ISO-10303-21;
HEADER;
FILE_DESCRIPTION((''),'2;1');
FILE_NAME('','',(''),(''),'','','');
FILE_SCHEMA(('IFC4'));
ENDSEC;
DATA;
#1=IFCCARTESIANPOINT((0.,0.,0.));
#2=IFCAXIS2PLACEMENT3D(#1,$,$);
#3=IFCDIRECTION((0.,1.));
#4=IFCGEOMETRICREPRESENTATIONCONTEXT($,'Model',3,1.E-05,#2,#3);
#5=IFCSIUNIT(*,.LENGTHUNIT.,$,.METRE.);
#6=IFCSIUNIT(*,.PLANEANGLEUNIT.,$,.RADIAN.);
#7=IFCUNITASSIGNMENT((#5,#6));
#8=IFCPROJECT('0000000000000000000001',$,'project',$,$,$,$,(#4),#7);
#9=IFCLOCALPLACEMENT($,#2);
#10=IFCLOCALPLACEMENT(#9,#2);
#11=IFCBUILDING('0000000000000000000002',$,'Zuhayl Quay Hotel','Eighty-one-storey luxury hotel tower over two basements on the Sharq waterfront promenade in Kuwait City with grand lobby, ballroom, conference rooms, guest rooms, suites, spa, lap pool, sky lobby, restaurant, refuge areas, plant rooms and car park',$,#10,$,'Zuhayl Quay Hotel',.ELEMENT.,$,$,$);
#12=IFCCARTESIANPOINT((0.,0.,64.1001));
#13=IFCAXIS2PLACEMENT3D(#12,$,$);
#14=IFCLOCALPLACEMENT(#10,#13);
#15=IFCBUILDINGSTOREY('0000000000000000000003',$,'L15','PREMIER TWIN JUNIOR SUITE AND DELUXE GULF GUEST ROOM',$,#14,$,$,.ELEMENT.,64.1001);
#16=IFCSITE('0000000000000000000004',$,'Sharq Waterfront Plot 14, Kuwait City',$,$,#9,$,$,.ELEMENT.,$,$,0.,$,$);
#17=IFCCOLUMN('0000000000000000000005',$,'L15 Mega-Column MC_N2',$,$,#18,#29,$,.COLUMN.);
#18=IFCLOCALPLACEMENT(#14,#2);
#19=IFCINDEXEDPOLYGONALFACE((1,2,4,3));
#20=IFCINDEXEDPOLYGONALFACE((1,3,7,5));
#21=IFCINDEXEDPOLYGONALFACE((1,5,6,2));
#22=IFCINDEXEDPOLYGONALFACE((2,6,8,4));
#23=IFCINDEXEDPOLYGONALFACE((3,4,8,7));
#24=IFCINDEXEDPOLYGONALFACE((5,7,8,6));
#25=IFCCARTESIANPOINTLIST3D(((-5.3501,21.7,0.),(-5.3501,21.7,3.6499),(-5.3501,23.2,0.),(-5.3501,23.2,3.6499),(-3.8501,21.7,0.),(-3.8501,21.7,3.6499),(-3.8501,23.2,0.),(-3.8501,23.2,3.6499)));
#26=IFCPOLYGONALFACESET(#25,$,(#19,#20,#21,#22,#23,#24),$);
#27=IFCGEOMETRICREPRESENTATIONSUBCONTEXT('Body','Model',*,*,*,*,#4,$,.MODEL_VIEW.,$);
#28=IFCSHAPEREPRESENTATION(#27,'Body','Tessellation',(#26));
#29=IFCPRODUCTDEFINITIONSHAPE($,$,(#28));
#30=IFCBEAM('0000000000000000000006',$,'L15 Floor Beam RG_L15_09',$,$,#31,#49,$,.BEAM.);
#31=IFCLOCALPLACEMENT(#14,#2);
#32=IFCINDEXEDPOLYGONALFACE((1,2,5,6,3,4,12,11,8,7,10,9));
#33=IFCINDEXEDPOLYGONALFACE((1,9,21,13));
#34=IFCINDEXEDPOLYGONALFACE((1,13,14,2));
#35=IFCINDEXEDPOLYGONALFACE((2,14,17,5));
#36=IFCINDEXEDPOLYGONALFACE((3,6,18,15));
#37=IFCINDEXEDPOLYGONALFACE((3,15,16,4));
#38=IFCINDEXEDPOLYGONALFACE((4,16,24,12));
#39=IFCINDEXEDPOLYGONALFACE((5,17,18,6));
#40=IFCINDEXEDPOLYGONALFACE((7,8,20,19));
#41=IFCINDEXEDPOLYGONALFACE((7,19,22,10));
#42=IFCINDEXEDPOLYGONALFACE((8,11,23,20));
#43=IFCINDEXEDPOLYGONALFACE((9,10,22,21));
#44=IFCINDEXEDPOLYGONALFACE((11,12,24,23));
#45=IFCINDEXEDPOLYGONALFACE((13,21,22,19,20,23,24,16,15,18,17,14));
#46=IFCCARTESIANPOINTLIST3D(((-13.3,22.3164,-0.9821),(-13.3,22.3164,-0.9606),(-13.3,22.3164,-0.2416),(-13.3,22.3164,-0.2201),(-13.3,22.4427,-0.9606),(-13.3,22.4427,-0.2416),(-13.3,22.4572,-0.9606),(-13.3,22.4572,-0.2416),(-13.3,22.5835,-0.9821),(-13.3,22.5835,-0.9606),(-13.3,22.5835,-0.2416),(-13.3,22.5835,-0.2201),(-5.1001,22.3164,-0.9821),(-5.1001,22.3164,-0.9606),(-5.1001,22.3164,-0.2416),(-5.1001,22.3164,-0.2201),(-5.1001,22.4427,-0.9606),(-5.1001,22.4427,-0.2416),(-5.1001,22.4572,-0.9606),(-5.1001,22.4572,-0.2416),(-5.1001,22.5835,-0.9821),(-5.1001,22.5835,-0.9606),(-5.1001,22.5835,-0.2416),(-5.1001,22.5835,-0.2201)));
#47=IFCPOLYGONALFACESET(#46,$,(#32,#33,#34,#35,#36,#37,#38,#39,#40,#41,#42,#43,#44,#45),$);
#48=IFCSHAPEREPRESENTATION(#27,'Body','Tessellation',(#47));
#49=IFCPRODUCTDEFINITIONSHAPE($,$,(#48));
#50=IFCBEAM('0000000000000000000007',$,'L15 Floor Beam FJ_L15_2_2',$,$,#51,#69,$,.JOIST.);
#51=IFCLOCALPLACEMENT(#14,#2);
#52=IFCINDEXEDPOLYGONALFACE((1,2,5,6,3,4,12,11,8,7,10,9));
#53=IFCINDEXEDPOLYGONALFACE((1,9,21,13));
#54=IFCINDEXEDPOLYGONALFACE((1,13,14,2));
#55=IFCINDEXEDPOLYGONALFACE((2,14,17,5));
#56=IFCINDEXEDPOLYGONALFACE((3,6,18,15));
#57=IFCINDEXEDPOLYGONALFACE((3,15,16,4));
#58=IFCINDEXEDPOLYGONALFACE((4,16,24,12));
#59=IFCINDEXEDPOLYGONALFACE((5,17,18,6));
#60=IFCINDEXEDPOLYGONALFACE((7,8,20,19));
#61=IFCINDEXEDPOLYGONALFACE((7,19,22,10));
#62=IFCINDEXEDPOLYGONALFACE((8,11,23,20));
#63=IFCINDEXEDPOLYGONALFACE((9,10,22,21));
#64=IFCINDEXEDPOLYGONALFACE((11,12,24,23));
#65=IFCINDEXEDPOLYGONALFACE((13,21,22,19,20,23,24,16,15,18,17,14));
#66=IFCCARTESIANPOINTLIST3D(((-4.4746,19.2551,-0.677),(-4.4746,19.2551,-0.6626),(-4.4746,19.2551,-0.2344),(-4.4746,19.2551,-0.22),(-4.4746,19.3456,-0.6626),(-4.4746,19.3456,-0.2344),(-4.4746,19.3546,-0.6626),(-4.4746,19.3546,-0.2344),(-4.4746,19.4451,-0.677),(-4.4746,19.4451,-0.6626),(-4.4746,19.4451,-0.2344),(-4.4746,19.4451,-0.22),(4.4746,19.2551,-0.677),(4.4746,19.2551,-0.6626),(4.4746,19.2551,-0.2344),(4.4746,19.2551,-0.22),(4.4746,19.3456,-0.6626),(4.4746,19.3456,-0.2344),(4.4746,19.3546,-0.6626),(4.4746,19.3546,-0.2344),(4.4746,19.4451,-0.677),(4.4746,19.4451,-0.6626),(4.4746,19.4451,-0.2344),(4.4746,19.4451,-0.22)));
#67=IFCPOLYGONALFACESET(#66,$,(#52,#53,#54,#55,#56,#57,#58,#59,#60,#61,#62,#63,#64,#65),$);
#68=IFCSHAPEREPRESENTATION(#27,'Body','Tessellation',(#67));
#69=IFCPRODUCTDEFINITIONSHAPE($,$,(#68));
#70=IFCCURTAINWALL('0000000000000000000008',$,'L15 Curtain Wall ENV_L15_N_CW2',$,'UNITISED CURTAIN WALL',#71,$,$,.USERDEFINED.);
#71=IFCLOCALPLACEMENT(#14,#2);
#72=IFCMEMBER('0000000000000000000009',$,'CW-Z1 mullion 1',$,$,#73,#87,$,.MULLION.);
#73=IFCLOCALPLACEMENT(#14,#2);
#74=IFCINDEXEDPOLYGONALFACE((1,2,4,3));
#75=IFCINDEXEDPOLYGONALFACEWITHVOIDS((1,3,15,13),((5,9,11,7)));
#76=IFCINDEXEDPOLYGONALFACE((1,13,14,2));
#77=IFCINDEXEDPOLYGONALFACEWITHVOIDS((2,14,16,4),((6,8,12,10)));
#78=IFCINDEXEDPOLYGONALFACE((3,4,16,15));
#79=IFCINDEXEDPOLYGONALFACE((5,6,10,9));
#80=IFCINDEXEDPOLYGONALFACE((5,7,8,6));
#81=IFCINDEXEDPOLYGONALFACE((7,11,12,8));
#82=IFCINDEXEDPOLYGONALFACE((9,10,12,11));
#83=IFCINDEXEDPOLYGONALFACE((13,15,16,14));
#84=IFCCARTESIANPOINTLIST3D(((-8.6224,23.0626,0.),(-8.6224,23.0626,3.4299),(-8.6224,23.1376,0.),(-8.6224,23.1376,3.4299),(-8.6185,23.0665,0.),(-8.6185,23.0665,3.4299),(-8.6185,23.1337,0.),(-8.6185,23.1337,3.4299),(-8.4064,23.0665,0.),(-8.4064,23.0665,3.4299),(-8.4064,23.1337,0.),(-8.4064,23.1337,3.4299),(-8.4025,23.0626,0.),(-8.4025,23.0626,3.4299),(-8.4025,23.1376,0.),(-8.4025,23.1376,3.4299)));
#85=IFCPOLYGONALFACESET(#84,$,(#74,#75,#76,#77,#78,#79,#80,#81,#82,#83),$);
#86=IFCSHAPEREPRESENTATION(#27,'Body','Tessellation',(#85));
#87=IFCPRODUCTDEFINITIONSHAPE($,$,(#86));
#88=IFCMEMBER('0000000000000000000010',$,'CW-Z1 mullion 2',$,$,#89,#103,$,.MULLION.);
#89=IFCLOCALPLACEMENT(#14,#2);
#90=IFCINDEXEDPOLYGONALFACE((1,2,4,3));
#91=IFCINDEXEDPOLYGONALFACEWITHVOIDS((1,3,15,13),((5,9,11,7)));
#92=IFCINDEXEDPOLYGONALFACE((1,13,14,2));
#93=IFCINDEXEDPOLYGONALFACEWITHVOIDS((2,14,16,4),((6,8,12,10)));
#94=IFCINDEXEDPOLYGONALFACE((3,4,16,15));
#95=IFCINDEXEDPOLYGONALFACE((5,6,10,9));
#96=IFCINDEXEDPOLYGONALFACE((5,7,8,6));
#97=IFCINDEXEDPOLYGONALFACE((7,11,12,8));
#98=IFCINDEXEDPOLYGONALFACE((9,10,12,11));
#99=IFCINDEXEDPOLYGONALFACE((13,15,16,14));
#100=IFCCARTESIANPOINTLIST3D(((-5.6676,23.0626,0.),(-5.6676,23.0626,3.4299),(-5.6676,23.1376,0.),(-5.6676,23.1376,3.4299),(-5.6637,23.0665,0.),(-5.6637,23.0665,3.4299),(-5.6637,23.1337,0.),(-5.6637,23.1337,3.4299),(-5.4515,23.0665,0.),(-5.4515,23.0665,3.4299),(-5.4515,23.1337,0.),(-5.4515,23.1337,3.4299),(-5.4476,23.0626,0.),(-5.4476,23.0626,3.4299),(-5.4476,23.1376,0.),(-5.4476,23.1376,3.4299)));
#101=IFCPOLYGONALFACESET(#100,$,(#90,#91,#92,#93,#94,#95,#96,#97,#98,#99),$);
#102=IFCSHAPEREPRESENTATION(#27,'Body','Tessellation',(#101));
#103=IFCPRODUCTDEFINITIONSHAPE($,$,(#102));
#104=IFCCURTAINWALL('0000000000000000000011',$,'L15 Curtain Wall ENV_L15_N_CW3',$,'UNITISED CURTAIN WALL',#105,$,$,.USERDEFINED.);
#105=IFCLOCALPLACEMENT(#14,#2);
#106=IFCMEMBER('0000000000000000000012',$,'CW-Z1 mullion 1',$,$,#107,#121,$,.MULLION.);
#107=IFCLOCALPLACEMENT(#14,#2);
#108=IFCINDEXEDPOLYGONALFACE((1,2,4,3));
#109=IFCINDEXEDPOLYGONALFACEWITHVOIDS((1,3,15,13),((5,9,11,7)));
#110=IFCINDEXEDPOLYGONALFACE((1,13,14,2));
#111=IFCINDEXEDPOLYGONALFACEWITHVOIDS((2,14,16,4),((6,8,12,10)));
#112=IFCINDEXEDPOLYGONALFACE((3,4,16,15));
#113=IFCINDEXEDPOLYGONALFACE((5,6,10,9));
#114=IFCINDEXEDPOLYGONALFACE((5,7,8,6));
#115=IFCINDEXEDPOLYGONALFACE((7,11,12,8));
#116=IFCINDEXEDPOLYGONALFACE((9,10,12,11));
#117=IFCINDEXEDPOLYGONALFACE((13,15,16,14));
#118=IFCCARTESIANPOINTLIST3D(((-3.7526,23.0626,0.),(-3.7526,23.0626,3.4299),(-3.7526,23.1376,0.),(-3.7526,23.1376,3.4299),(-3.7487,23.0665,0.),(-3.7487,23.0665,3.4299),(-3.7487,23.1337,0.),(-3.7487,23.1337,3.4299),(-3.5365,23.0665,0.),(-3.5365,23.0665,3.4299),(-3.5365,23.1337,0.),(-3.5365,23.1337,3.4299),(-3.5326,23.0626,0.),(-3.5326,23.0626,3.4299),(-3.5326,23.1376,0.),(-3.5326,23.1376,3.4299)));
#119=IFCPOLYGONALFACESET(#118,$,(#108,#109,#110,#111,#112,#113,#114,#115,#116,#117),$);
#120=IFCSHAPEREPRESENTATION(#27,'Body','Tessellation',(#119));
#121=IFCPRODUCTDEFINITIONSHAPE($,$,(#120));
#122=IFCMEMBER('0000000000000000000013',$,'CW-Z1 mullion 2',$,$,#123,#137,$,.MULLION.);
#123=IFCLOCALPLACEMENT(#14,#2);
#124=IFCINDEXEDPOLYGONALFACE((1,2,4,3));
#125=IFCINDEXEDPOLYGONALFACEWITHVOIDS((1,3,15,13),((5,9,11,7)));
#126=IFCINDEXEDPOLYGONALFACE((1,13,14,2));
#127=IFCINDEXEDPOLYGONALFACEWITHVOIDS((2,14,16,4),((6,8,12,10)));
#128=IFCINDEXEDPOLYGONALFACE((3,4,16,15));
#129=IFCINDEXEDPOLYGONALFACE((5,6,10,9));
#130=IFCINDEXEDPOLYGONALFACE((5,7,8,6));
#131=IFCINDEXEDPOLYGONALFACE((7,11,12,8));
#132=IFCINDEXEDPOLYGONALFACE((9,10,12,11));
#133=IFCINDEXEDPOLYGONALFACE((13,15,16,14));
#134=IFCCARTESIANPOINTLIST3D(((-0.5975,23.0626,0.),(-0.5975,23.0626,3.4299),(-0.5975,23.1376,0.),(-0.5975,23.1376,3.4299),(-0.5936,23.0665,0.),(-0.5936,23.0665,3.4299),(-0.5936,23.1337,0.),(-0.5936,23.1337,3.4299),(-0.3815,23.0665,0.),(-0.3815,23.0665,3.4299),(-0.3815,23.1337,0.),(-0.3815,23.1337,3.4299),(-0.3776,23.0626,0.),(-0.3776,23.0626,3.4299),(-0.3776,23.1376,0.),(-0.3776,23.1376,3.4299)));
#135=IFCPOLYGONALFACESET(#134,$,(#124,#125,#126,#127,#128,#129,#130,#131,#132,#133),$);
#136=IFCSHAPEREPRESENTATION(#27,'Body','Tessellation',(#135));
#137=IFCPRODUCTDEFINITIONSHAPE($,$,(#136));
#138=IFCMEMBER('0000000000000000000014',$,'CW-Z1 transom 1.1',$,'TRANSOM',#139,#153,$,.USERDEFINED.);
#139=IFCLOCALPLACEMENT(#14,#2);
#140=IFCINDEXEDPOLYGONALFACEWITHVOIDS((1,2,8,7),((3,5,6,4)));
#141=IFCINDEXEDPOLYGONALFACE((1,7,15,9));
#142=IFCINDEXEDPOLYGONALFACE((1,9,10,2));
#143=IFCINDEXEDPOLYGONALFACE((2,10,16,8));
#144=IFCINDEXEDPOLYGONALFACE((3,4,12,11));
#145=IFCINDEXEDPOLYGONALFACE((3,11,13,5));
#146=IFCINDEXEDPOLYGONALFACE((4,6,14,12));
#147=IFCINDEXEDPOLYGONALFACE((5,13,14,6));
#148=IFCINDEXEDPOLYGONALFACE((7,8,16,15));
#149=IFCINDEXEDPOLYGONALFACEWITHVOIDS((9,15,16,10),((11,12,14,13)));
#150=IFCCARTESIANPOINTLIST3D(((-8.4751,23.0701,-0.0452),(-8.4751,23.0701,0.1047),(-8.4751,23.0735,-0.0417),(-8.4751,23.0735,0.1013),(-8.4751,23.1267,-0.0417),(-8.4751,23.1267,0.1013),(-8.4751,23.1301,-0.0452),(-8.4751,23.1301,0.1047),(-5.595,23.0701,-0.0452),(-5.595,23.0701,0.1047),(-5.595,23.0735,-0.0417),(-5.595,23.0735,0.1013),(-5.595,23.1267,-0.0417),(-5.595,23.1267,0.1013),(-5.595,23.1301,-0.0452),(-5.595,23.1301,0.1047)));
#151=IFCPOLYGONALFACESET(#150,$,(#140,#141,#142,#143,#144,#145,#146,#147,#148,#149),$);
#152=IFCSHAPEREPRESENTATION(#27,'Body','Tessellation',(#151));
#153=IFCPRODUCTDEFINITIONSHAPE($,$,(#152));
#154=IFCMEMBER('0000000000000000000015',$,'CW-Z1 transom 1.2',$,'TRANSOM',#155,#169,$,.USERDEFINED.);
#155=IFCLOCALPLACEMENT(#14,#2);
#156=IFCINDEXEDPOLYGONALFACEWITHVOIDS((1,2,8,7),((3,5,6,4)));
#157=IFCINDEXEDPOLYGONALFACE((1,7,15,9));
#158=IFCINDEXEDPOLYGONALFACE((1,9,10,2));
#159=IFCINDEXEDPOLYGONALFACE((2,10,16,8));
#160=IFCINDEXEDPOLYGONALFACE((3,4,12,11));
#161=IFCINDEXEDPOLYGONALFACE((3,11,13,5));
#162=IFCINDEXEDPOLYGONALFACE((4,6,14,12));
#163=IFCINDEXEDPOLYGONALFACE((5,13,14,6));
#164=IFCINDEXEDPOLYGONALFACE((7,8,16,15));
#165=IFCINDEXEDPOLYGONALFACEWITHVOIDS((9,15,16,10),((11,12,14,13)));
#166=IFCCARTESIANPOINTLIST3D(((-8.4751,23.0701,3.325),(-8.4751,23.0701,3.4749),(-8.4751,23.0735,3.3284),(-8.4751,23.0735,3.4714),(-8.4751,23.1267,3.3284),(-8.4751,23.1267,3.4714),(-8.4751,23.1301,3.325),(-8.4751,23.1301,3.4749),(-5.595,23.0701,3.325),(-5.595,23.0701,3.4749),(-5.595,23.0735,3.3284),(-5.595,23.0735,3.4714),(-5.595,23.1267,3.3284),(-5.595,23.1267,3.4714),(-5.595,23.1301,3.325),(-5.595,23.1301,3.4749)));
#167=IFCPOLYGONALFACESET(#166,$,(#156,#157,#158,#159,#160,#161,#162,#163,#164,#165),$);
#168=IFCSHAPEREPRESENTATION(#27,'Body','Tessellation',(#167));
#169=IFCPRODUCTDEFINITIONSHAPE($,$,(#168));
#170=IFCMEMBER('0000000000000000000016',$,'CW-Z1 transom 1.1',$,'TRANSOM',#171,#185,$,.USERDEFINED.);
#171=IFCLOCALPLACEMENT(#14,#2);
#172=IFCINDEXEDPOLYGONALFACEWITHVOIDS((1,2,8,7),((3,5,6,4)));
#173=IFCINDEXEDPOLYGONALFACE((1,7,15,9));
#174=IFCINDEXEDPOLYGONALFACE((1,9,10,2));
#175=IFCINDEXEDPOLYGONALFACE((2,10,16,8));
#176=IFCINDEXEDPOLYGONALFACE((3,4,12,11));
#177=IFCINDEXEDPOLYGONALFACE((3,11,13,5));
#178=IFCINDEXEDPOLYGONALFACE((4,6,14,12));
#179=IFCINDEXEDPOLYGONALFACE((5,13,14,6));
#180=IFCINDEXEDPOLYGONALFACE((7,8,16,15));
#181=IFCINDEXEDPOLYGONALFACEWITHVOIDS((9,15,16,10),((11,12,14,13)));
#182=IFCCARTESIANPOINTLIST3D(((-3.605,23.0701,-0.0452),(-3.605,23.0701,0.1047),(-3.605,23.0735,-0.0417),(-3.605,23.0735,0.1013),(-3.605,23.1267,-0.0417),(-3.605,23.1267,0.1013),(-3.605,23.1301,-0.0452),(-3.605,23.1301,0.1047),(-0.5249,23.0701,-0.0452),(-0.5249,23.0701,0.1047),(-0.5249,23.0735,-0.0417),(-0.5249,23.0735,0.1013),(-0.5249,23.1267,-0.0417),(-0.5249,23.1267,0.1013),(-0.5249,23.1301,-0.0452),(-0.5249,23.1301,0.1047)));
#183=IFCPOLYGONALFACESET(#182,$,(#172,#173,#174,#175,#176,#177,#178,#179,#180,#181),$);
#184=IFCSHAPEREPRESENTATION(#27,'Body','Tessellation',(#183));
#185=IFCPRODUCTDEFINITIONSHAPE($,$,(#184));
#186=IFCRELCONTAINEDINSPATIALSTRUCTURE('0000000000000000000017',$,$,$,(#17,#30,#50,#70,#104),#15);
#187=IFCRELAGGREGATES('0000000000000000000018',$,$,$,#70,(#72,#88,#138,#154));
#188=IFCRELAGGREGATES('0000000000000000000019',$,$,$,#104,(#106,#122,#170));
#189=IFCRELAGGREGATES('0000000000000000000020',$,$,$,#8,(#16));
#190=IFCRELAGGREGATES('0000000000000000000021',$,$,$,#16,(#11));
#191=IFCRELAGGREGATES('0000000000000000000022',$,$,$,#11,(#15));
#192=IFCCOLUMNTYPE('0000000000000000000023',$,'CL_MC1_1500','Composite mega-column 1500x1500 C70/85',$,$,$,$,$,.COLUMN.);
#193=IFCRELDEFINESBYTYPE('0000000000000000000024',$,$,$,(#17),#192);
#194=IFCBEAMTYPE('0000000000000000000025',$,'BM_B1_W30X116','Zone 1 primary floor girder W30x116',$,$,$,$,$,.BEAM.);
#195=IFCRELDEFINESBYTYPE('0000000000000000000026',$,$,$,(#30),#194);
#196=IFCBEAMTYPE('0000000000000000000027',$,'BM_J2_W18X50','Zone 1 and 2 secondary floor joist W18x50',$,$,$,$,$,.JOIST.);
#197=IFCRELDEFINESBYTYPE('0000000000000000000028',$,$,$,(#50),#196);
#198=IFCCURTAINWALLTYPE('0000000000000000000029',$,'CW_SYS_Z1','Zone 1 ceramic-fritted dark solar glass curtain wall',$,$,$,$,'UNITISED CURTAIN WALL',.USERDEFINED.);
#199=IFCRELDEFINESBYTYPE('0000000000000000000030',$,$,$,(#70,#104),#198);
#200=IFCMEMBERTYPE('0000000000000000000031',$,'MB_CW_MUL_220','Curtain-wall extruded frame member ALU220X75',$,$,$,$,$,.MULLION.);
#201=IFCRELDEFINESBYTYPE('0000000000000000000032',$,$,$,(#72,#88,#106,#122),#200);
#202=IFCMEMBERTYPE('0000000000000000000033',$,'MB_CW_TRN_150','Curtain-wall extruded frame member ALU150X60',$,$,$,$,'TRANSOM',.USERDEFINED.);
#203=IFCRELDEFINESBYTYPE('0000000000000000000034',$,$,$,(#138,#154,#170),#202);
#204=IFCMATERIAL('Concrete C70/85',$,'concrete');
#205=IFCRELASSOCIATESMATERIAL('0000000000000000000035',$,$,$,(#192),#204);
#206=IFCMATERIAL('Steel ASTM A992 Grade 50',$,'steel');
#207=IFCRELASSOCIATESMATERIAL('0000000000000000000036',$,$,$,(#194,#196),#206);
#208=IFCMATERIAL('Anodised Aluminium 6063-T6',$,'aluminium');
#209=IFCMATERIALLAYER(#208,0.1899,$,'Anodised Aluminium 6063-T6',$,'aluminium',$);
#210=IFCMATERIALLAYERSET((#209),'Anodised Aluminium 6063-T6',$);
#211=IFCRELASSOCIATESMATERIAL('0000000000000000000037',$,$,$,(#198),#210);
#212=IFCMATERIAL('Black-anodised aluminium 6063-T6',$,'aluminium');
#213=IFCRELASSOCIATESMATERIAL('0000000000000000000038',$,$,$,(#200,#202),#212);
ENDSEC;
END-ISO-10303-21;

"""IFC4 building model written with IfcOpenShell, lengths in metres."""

from ifc_helpers import new_model, si_unit, direction, frame, origin, origin_2d, place, context, subcontext, project, spatial, rectangle, hollow_rectangle, i_section, extrude, material, layer, layer_set, material_profile, profile_set, type_object, element, aggregate, save


model = new_model("IFC4")

# Units and contexts
model_context = context("Model", 3, precision=1e-05, world=origin(), true_north=direction((0.0, 1.0)))
body_context = subcontext(model_context, "Body", "Model", "MODEL_VIEW")
ifc_project = project(units=[si_unit("LENGTHUNIT", "METRE"), si_unit("PLANEANGLEUNIT", "RADIAN")], contexts=[model_context])

# Site, building, storey
site_placement = place(None, origin())
site = spatial("IfcSite", under=ifc_project, at=site_placement, Name="Sharq Waterfront Plot 14, Kuwait City", CompositionType="ELEMENT", RefElevation=0.0)
building_placement = place(site_placement, origin())
building = spatial("IfcBuilding", under=site, at=building_placement, Name="Zuhayl Quay Hotel", Description="Eighty-one-storey luxury hotel tower over two basements on the Sharq waterfront promenade in Kuwait City with grand lobby, ballroom, conference rooms, guest rooms, suites, spa, lap pool, sky lobby, restaurant, refuge areas, plant rooms and car park", LongName="Zuhayl Quay Hotel", CompositionType="ELEMENT")
storey_placement = place(building_placement, frame((0.0, 0.0, 64.1001)))
storey = spatial("IfcBuildingStorey", under=building, at=storey_placement, Name="L15", Description="PREMIER TWIN JUNIOR SUITE AND DELUXE GULF GUEST ROOM", CompositionType="ELEMENT", Elevation=64.1001)

# Column
ifc_material_1 = material(Name="Concrete C70/85", Category="concrete")
ifc_material_profile_1 = material_profile(ifc_material_1, rectangle(XDim=1.5, YDim=1.5, at=origin_2d()), Name="RC1500X1500")
ifc_profile_set_1 = profile_set([ifc_material_profile_1], Name="Concrete C70/85")
column_type = type_object("IfcColumnType", Name="CL_MC1_1500", Description="Composite mega-column 1500x1500 C70/85", PredefinedType="COLUMN", material=ifc_profile_set_1)
column_placement = place(storey_placement, frame((-4.6001, 22.45, 0.0), z_axis=(0.0, 0.0, 1.0), x_axis=(1.0, 0.0, 0.0)))
element("IfcColumn", 1, at=column_placement, inside=storey, type_object=column_type, Name="L15 Mega-Column MC_N2", PredefinedType="COLUMN", context=body_context, shape_type="SweptSolid", body=[
    extrude(rectangle(XDim=1.5, YDim=1.5, at=origin_2d()), origin(), (0.0, 0.0, 1.0), 3.6499),
])

# Beams
ifc_material_2 = material(Name="Steel ASTM A992 Grade 50", Category="steel")
ifc_material_profile_2 = material_profile(ifc_material_2, i_section(OverallWidth=0.2671, OverallDepth=0.762, WebThickness=0.0144, FlangeThickness=0.0215, at=origin_2d()), Name="W30X116")
ifc_profile_set_2 = profile_set([ifc_material_profile_2], Name="Steel ASTM A992 Grade 50")
beam_type_1 = type_object("IfcBeamType", Name="BM_B1_W30X116", Description="Zone 1 primary floor girder W30x116", PredefinedType="BEAM", material=ifc_profile_set_2)
beam_1_placement = place(storey_placement, frame((-5.1001, 22.45, -0.6011), z_axis=(-1.0, 0.0, 0.0), x_axis=(0.0, -1.0, 0.0)))
element("IfcBeam", 2, at=beam_1_placement, inside=storey, type_object=beam_type_1, Name="L15 Floor Beam RG_L15_09", PredefinedType="BEAM", context=body_context, shape_type="SweptSolid", body=[
    extrude(i_section(OverallWidth=0.2671, OverallDepth=0.762, WebThickness=0.0144, FlangeThickness=0.0215, at=origin_2d()), origin(), (0.0, 0.0, 1.0), 8.2),
])
ifc_material_profile_3 = material_profile(ifc_material_2, i_section(OverallWidth=0.1899, OverallDepth=0.457, WebThickness=0.009, FlangeThickness=0.0144, at=origin_2d()), Name="W18X50")
ifc_profile_set_3 = profile_set([ifc_material_profile_3], Name="Steel ASTM A992 Grade 50")
beam_type_2 = type_object("IfcBeamType", Name="BM_J2_W18X50", Description="Zone 1 and 2 secondary floor joist W18x50", PredefinedType="JOIST", material=ifc_profile_set_3)
beam_2_placement = place(storey_placement, frame((-4.4746, 19.3501, -0.4485), z_axis=(1.0, 0.0, 0.0), x_axis=(0.0, 1.0, 0.0)))
element("IfcBeam", 3, at=beam_2_placement, inside=storey, type_object=beam_type_2, Name="L15 Floor Beam FJ_L15_2_2", PredefinedType="JOIST", context=body_context, shape_type="SweptSolid", body=[
    extrude(i_section(OverallWidth=0.1899, OverallDepth=0.457, WebThickness=0.009, FlangeThickness=0.0144, at=origin_2d()), origin(), (0.0, 0.0, 1.0), 8.9492),
])

# Curtain walls, members
ifc_material_3 = material(Name="Anodised Aluminium 6063-T6", Category="aluminium")
ifc_layer_1 = layer(ifc_material_3, 0.1899, Name="Anodised Aluminium 6063-T6", Category="aluminium")
ifc_layer_set_1 = layer_set([ifc_layer_1], Name="Anodised Aluminium 6063-T6")
curtain_wall_type = type_object("IfcCurtainWallType", Name="CW_SYS_Z1", Description="Zone 1 ceramic-fritted dark solar glass curtain wall", ElementType="UNITISED CURTAIN WALL", PredefinedType="USERDEFINED", material=ifc_layer_set_1)
curtain_wall_1_placement = place(storey_placement, origin())
curtain_wall_1 = element("IfcCurtainWall", 4, at=curtain_wall_1_placement, inside=storey, type_object=curtain_wall_type, Name="L15 Curtain Wall ENV_L15_N_CW2", ObjectType="UNITISED CURTAIN WALL", PredefinedType="USERDEFINED")
ifc_material_4 = material(Name="Black-anodised aluminium 6063-T6", Category="aluminium")
ifc_material_profile_4 = material_profile(ifc_material_4, hollow_rectangle(XDim=0.075, YDim=0.22, WallThickness=0.0039, at=origin_2d()), Name="ALU220X75")
ifc_profile_set_4 = profile_set([ifc_material_profile_4], Name="Black-anodised aluminium 6063-T6")
member_type_1 = type_object("IfcMemberType", Name="MB_CW_MUL_220", Description="Curtain-wall extruded frame member ALU220X75", PredefinedType="MULLION", material=ifc_profile_set_4)
member_1_placement = place(storey_placement, frame((-8.5125, 23.1001, 0.0), z_axis=(0.0, 0.0, 1.0), x_axis=(0.0, 1.0, 0.0)))
member_1 = element("IfcMember", 5, at=member_1_placement, type_object=member_type_1, Name="CW-Z1 mullion 1", PredefinedType="MULLION", context=body_context, shape_type="SweptSolid", body=[
    extrude(hollow_rectangle(XDim=0.075, YDim=0.22, WallThickness=0.0039, at=origin_2d()), origin(), (0.0, 0.0, 1.0), 3.4299),
])
member_2_placement = place(storey_placement, frame((-5.5576, 23.1001, 0.0), z_axis=(0.0, 0.0, 1.0), x_axis=(0.0, 1.0, 0.0)))
member_2 = element("IfcMember", 6, at=member_2_placement, type_object=member_type_1, Name="CW-Z1 mullion 2", PredefinedType="MULLION", context=body_context, shape_type="SweptSolid", body=[
    extrude(hollow_rectangle(XDim=0.075, YDim=0.22, WallThickness=0.0039, at=origin_2d()), origin(), (0.0, 0.0, 1.0), 3.4299),
])
curtain_wall_2_placement = place(storey_placement, origin())
curtain_wall_2 = element("IfcCurtainWall", 7, at=curtain_wall_2_placement, inside=storey, type_object=curtain_wall_type, Name="L15 Curtain Wall ENV_L15_N_CW3", ObjectType="UNITISED CURTAIN WALL", PredefinedType="USERDEFINED")
member_3_placement = place(storey_placement, frame((-3.6426, 23.1001, 0.0), z_axis=(0.0, 0.0, 1.0), x_axis=(0.0, 1.0, 0.0)))
member_3 = element("IfcMember", 8, at=member_3_placement, type_object=member_type_1, Name="CW-Z1 mullion 1", PredefinedType="MULLION", context=body_context, shape_type="SweptSolid", body=[
    extrude(hollow_rectangle(XDim=0.075, YDim=0.22, WallThickness=0.0039, at=origin_2d()), origin(), (0.0, 0.0, 1.0), 3.4299),
])
member_4_placement = place(storey_placement, frame((-0.4875, 23.1001, 0.0), z_axis=(0.0, 0.0, 1.0), x_axis=(0.0, 1.0, 0.0)))
member_4 = element("IfcMember", 9, at=member_4_placement, type_object=member_type_1, Name="CW-Z1 mullion 2", PredefinedType="MULLION", context=body_context, shape_type="SweptSolid", body=[
    extrude(hollow_rectangle(XDim=0.075, YDim=0.22, WallThickness=0.0039, at=origin_2d()), origin(), (0.0, 0.0, 1.0), 3.4299),
])

# Members
ifc_material_profile_5 = material_profile(ifc_material_4, hollow_rectangle(XDim=0.0601, YDim=0.1499, WallThickness=0.0034, at=origin_2d()), Name="ALU150X60")
ifc_profile_set_5 = profile_set([ifc_material_profile_5], Name="Black-anodised aluminium 6063-T6")
member_type_2 = type_object("IfcMemberType", Name="MB_CW_TRN_150", Description="Curtain-wall extruded frame member ALU150X60", ElementType="TRANSOM", PredefinedType="USERDEFINED", material=ifc_profile_set_5)
member_5_placement = place(storey_placement, frame((-8.4751, 23.1001, 0.0298), z_axis=(1.0, 0.0, 0.0), x_axis=(0.0, 1.0, 0.0)))
member_5 = element("IfcMember", 10, at=member_5_placement, type_object=member_type_2, Name="CW-Z1 transom 1.1", ObjectType="TRANSOM", PredefinedType="USERDEFINED", context=body_context, shape_type="SweptSolid", body=[
    extrude(hollow_rectangle(XDim=0.0601, YDim=0.1499, WallThickness=0.0034, at=origin_2d()), origin(), (0.0, 0.0, 1.0), 2.8801),
])
member_6_placement = place(storey_placement, frame((-8.4751, 23.1001, 3.3999), z_axis=(1.0, 0.0, 0.0), x_axis=(0.0, 1.0, 0.0)))
member_6 = element("IfcMember", 11, at=member_6_placement, type_object=member_type_2, Name="CW-Z1 transom 1.2", ObjectType="TRANSOM", PredefinedType="USERDEFINED", context=body_context, shape_type="SweptSolid", body=[
    extrude(hollow_rectangle(XDim=0.0601, YDim=0.1499, WallThickness=0.0034, at=origin_2d()), origin(), (0.0, 0.0, 1.0), 2.8801),
])
member_7_placement = place(storey_placement, frame((-3.605, 23.1001, 0.0298), z_axis=(1.0, 0.0, 0.0), x_axis=(0.0, 1.0, 0.0)))
member_7 = element("IfcMember", 12, at=member_7_placement, type_object=member_type_2, Name="CW-Z1 transom 1.1", ObjectType="TRANSOM", PredefinedType="USERDEFINED", context=body_context, shape_type="SweptSolid", body=[
    extrude(hollow_rectangle(XDim=0.0601, YDim=0.1499, WallThickness=0.0034, at=origin_2d()), origin(), (0.0, 0.0, 1.0), 3.0801),
])

aggregate(curtain_wall_1, [member_1, member_2, member_5, member_6])
aggregate(curtain_wall_2, [member_3, member_4, member_7])

save(model, "model.ifc")
